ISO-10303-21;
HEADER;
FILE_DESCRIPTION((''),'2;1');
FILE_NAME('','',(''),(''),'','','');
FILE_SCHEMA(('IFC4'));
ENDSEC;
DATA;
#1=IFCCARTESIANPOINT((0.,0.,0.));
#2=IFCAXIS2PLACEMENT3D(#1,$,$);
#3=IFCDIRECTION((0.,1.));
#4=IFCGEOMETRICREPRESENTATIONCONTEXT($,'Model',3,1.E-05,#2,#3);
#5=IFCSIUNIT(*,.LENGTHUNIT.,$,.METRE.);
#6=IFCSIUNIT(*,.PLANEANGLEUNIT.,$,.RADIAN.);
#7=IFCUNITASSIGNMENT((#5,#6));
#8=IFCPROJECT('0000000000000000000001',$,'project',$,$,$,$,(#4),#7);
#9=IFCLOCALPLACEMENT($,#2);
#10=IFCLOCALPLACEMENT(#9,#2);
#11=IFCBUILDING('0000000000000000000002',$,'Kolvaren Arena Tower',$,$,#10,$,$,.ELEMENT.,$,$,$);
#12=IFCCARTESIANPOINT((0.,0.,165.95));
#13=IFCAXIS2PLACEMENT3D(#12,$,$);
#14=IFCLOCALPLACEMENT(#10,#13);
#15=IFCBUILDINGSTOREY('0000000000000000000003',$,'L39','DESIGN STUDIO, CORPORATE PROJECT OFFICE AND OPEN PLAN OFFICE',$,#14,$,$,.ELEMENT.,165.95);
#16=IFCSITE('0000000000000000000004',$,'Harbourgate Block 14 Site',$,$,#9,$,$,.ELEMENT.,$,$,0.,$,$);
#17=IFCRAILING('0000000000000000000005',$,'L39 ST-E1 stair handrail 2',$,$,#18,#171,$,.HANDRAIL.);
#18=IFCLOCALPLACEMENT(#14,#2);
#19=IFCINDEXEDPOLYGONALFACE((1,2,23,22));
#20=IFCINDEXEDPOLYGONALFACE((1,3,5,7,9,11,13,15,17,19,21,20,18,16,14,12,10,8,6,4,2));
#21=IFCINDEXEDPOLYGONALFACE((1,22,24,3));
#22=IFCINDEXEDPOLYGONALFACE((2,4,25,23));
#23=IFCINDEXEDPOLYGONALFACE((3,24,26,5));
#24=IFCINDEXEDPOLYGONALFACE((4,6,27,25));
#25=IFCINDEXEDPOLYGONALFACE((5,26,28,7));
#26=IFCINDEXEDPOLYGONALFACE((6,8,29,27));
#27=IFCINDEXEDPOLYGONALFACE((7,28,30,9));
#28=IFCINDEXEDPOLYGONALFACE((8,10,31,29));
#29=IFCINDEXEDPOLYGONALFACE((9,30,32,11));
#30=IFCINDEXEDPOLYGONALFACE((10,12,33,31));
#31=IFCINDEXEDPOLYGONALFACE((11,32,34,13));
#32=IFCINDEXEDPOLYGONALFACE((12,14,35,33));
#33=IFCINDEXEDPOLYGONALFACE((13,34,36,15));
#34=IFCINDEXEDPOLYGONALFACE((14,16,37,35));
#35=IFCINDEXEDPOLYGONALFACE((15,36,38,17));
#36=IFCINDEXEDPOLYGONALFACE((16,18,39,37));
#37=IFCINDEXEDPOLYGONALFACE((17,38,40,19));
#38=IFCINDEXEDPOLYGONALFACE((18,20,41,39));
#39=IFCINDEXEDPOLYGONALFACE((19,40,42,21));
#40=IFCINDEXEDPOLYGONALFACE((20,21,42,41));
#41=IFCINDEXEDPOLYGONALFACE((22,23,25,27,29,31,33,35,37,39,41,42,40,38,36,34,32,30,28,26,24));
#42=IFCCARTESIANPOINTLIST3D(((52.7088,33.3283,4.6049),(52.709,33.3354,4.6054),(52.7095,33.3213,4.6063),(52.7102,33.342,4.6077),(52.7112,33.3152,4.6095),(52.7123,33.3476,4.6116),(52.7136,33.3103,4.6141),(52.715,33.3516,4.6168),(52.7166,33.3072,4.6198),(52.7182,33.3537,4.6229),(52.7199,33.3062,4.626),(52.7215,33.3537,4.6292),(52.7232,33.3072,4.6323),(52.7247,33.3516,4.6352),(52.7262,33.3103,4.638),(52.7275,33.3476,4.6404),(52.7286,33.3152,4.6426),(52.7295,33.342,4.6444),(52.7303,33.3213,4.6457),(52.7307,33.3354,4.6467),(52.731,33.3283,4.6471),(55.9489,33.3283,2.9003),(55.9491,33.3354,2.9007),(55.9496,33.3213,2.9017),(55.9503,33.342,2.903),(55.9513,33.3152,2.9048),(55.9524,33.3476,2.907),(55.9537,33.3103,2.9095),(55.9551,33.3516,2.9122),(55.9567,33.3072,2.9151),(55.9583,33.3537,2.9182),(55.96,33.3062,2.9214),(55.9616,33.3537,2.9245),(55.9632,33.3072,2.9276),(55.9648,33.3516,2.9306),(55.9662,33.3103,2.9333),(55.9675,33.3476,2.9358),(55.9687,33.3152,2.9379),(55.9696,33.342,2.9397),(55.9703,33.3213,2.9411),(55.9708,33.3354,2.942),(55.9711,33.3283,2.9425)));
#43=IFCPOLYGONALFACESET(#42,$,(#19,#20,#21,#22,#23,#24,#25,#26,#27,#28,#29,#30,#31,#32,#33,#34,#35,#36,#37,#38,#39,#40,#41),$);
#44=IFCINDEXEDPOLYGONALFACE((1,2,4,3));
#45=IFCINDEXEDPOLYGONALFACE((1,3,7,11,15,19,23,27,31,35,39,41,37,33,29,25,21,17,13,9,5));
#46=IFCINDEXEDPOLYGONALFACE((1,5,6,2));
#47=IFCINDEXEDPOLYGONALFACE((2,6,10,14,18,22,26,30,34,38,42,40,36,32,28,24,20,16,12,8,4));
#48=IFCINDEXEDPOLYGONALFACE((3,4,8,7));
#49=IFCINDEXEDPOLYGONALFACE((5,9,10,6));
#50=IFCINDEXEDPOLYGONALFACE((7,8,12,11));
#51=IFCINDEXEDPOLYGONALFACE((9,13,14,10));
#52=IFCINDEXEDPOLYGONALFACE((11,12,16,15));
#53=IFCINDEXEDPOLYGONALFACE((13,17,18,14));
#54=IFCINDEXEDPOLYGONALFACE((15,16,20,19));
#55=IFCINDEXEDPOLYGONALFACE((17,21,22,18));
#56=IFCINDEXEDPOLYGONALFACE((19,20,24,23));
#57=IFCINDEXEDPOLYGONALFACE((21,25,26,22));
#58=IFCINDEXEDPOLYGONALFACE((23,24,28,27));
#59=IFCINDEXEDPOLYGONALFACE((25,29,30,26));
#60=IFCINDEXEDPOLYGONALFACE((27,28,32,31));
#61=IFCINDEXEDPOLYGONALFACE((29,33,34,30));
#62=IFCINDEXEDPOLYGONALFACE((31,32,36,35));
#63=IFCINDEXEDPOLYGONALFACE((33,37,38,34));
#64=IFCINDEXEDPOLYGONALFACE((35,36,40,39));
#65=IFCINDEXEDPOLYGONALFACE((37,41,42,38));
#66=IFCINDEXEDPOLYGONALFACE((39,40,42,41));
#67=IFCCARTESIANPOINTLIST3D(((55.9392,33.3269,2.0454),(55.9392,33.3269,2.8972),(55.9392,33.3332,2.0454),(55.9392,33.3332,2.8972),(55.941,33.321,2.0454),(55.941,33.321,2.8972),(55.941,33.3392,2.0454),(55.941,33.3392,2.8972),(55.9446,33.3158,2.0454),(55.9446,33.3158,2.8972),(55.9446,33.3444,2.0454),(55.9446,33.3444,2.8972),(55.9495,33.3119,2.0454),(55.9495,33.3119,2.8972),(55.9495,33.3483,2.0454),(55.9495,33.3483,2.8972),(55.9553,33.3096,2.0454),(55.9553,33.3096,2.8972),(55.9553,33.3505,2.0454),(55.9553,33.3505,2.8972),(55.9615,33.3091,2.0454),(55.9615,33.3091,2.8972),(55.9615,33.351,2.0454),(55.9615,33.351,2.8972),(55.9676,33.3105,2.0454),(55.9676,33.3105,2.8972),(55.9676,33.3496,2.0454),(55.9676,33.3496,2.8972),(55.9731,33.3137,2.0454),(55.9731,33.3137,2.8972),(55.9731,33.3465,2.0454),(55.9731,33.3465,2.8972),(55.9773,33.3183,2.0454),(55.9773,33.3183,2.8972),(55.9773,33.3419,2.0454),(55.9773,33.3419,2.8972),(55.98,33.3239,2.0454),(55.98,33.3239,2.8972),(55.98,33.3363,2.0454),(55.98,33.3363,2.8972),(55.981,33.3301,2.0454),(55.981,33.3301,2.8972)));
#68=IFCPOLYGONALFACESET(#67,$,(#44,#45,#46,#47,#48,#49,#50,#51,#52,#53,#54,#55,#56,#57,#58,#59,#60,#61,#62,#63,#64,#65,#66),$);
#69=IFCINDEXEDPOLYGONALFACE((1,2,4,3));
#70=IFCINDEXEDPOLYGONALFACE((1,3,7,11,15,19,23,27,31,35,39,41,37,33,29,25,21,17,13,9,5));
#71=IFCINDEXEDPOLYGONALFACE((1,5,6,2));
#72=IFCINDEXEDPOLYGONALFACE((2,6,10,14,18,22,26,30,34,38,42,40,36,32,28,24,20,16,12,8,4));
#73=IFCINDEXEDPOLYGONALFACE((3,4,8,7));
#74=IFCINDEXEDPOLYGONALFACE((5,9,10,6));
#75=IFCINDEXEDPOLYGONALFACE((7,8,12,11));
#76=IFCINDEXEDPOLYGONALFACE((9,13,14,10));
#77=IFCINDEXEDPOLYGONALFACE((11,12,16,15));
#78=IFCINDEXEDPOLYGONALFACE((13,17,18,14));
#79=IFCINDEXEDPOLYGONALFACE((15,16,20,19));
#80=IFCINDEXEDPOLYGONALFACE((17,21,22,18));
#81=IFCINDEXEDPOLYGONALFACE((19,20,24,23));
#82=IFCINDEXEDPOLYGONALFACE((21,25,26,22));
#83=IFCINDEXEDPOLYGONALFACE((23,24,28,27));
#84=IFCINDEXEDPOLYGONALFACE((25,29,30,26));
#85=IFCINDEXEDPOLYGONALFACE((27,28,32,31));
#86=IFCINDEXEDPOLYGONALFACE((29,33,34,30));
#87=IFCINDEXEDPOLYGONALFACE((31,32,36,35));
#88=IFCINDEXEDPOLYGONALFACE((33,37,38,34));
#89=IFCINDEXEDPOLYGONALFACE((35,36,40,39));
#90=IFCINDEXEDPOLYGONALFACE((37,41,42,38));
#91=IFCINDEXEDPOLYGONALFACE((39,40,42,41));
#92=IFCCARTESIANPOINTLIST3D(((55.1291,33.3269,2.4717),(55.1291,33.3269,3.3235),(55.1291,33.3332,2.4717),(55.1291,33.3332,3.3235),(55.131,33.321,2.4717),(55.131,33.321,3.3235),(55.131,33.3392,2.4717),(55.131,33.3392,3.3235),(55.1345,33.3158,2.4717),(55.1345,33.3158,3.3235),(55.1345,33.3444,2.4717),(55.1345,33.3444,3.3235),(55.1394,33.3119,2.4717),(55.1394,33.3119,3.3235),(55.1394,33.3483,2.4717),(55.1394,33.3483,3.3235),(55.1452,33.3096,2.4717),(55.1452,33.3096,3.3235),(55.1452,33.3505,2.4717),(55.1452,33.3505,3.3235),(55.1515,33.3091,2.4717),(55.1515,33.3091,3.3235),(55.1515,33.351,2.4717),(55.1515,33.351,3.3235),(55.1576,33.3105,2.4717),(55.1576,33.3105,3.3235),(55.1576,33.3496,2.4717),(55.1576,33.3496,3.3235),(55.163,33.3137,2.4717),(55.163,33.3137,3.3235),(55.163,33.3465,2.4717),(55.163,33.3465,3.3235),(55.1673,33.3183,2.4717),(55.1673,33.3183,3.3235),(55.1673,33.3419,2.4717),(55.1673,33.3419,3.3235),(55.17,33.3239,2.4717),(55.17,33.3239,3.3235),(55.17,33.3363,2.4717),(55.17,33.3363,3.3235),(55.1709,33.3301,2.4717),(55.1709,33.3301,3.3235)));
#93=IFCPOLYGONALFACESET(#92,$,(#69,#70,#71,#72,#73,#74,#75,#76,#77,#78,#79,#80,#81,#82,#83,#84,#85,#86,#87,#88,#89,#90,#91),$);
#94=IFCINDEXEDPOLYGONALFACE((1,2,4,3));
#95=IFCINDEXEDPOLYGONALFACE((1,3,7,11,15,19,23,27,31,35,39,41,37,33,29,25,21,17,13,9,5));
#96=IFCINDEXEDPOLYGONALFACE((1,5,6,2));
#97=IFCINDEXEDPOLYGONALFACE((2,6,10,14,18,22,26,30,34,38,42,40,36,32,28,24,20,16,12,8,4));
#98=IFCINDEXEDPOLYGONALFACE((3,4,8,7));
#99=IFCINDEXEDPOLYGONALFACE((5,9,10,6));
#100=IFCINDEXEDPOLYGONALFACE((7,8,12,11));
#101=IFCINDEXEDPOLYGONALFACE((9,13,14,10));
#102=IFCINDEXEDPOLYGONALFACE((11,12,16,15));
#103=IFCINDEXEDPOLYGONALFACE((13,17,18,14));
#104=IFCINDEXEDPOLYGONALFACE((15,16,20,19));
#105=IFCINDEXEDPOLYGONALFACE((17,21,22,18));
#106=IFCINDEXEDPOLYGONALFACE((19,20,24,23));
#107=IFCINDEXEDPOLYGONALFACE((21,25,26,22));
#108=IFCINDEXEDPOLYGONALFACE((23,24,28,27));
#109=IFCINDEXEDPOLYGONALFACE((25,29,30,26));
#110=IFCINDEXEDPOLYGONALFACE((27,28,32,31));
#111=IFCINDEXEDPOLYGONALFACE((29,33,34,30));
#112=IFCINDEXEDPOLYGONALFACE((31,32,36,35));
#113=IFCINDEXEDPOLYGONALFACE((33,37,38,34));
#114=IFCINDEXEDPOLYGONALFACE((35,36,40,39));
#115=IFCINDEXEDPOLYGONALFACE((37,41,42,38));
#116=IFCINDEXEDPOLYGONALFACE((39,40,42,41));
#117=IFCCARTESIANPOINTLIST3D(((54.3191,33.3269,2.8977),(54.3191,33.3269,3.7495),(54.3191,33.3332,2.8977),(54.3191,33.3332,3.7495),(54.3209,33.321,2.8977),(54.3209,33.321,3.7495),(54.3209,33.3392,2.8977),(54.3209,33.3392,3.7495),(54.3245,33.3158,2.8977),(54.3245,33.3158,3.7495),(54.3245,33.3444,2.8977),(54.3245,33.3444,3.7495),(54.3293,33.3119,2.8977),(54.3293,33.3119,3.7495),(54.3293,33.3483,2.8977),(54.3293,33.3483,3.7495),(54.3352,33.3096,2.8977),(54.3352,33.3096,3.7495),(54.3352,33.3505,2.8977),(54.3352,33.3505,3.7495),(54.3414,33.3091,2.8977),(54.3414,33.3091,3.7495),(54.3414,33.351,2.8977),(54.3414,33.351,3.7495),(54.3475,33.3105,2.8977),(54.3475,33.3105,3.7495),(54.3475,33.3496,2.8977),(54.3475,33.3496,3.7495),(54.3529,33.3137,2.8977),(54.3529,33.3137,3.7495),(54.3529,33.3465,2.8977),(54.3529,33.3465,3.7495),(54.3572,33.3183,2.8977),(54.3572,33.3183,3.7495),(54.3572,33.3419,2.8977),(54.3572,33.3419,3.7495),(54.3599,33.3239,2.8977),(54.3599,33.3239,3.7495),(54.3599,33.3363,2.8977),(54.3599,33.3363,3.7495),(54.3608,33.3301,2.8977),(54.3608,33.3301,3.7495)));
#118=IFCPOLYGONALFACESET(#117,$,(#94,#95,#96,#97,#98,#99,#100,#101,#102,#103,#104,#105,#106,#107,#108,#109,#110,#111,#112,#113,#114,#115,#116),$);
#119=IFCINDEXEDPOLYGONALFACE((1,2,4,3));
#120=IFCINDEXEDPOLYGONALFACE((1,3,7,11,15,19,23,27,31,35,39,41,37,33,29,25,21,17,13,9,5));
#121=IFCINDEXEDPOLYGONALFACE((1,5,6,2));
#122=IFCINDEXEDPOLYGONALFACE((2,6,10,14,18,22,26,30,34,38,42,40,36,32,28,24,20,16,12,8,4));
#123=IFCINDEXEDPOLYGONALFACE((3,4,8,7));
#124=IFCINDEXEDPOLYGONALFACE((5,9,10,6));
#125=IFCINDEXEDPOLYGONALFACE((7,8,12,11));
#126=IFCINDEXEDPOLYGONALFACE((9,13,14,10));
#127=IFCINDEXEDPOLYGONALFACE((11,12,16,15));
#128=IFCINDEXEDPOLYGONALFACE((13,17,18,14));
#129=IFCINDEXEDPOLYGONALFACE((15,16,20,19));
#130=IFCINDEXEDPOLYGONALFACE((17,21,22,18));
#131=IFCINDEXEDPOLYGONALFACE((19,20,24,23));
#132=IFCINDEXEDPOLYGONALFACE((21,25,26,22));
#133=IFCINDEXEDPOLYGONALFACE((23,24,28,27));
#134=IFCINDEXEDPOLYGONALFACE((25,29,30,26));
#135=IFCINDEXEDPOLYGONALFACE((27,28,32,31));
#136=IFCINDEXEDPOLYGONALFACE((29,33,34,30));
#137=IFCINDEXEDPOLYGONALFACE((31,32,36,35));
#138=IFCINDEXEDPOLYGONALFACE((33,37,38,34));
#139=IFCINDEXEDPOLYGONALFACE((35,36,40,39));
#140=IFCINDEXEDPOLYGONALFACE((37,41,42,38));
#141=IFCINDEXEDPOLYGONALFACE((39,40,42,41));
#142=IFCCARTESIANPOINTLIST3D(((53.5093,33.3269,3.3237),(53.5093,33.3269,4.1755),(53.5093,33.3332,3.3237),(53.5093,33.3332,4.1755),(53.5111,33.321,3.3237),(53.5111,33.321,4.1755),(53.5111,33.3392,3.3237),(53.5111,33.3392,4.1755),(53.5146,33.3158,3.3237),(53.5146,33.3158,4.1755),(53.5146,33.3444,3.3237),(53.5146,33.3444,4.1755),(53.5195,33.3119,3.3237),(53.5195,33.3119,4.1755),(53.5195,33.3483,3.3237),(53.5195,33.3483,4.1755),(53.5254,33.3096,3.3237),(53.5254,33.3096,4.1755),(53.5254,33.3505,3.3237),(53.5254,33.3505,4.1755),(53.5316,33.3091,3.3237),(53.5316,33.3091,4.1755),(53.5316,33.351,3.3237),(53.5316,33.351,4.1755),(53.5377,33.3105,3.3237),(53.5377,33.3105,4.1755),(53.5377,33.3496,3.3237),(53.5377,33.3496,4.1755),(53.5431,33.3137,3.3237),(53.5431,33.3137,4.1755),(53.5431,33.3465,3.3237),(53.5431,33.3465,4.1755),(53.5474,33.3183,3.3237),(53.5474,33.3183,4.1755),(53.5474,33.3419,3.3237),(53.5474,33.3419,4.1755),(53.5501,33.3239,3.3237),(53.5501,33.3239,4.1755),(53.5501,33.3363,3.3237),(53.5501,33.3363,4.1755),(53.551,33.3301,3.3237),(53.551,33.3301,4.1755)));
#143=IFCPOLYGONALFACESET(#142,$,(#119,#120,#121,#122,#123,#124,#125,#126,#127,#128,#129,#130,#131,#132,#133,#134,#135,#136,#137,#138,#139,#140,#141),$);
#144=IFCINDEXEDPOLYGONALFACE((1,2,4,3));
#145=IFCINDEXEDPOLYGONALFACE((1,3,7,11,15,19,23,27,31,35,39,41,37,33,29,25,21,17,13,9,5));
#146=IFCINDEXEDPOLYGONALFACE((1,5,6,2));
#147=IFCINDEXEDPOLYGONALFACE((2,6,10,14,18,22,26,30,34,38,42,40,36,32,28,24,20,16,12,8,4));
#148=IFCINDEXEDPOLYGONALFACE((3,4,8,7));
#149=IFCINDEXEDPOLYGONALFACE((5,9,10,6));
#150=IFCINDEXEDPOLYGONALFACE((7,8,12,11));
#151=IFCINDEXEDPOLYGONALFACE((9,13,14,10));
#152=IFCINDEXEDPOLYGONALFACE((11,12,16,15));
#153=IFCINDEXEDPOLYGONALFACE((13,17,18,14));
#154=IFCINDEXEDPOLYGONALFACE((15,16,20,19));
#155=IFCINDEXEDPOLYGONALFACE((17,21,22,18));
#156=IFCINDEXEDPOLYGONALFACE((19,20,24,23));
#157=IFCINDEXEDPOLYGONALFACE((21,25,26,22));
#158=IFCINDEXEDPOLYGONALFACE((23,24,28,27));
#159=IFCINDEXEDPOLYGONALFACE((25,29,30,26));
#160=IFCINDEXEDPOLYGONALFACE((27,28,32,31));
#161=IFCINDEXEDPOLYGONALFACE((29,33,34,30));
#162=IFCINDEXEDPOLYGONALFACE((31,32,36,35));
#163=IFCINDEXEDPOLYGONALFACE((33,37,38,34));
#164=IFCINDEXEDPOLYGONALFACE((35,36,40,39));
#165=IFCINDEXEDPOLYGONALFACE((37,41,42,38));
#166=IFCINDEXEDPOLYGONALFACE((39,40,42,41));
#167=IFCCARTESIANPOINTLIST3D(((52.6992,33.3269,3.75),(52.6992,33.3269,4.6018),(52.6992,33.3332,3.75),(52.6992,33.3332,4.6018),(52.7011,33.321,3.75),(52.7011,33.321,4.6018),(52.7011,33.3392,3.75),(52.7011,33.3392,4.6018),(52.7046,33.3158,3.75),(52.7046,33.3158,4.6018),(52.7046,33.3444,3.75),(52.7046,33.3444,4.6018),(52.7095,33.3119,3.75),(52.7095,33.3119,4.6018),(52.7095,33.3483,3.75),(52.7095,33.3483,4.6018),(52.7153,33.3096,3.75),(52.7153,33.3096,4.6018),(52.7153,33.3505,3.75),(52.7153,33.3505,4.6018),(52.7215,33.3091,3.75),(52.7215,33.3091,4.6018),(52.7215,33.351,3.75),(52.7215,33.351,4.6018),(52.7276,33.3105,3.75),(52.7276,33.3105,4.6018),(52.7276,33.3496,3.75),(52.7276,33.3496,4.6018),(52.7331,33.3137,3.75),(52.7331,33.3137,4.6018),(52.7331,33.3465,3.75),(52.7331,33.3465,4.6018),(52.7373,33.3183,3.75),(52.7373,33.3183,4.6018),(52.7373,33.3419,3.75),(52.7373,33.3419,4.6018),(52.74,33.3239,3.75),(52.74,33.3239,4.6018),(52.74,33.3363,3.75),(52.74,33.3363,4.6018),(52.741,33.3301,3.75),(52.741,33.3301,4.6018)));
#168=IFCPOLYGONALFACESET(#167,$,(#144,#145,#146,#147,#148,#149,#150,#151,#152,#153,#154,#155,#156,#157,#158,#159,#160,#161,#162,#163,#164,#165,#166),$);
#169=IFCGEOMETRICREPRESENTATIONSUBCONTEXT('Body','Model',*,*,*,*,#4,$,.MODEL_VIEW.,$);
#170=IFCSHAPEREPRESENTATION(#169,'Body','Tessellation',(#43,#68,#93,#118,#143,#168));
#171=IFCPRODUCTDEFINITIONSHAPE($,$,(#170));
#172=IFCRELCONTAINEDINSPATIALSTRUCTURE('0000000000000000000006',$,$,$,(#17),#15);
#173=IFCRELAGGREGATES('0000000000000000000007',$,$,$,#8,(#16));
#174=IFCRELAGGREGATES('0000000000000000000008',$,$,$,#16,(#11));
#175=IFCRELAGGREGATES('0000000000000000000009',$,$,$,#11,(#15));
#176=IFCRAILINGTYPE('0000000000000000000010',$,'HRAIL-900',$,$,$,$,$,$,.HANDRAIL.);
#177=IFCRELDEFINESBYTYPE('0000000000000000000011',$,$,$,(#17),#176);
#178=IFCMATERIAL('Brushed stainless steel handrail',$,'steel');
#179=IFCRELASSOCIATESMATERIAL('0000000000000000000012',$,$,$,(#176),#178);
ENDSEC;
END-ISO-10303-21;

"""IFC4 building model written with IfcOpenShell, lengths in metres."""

from ifc_helpers import new_model, si_unit, direction, frame, origin, origin_2d, place, context, subcontext, project, spatial, circle, extrude, material, type_object, element, save


model = new_model("IFC4")

# Units and contexts
model_context = context("Model", 3, precision=1e-05, world=origin(), true_north=direction((0.0, 1.0)))
body_context = subcontext(model_context, "Body", "Model", "MODEL_VIEW")
ifc_project = project(units=[si_unit("LENGTHUNIT", "METRE"), si_unit("PLANEANGLEUNIT", "RADIAN")], contexts=[model_context])

# Site, building, storey
site_placement = place(None, origin())
site = spatial("IfcSite", under=ifc_project, at=site_placement, Name="Harbourgate Block 14 Site", CompositionType="ELEMENT", RefElevation=0.0)
building_placement = place(site_placement, origin())
building = spatial("IfcBuilding", under=site, at=building_placement, Name="Kolvaren Arena Tower", CompositionType="ELEMENT")
storey_placement = place(building_placement, frame((0.0, 0.0, 165.95)))
storey = spatial("IfcBuildingStorey", under=building, at=storey_placement, Name="L39", Description="DESIGN STUDIO, CORPORATE PROJECT OFFICE AND OPEN PLAN OFFICE", CompositionType="ELEMENT", Elevation=165.95)

# Railing
ifc_material_1 = material(Name="Brushed stainless steel handrail", Category="steel")
railing_type_1 = type_object("IfcRailingType", Name="HRAIL-900", PredefinedType="HANDRAIL", material=ifc_material_1)
for number, where, name in (
    (1, (55.96, 33.3301, 2.0454), "L39 ST-E1 stair handrail 2"),
):
    element("IfcRailing", number, at=place(storey_placement, frame(where)), inside=storey, type_object=railing_type_1, Name=name, PredefinedType="HANDRAIL", context=body_context, shape_type="SweptSolid", body=[
        extrude(circle(Radius=0.0239, at=origin_2d()), frame((0.0, 0.0, 0.876), z_axis=(-0.884993, 0.0, 0.465604), x_axis=(0.0, -1.0, 0.0)), (0.0, 0.0, 1.0), 3.6611),
        extrude(circle(Radius=0.021, at=origin_2d()), origin(), (0.0, 0.0, 1.0), 0.8518),
        extrude(circle(Radius=0.021, at=origin_2d()), frame((-0.8101, 0.0, 0.4263)), (0.0, 0.0, 1.0), 0.8518),
        extrude(circle(Radius=0.021, at=origin_2d()), frame((-1.6201, 0.0, 0.8523)), (0.0, 0.0, 1.0), 0.8518),
        extrude(circle(Radius=0.021, at=origin_2d()), frame((-2.4299, 0.0, 1.2783)), (0.0, 0.0, 1.0), 0.8518),
        extrude(circle(Radius=0.021, at=origin_2d()), frame((-3.24, 0.0, 1.7046)), (0.0, 0.0, 1.0), 0.8518),
    ])

save(model, "model.ifc")
